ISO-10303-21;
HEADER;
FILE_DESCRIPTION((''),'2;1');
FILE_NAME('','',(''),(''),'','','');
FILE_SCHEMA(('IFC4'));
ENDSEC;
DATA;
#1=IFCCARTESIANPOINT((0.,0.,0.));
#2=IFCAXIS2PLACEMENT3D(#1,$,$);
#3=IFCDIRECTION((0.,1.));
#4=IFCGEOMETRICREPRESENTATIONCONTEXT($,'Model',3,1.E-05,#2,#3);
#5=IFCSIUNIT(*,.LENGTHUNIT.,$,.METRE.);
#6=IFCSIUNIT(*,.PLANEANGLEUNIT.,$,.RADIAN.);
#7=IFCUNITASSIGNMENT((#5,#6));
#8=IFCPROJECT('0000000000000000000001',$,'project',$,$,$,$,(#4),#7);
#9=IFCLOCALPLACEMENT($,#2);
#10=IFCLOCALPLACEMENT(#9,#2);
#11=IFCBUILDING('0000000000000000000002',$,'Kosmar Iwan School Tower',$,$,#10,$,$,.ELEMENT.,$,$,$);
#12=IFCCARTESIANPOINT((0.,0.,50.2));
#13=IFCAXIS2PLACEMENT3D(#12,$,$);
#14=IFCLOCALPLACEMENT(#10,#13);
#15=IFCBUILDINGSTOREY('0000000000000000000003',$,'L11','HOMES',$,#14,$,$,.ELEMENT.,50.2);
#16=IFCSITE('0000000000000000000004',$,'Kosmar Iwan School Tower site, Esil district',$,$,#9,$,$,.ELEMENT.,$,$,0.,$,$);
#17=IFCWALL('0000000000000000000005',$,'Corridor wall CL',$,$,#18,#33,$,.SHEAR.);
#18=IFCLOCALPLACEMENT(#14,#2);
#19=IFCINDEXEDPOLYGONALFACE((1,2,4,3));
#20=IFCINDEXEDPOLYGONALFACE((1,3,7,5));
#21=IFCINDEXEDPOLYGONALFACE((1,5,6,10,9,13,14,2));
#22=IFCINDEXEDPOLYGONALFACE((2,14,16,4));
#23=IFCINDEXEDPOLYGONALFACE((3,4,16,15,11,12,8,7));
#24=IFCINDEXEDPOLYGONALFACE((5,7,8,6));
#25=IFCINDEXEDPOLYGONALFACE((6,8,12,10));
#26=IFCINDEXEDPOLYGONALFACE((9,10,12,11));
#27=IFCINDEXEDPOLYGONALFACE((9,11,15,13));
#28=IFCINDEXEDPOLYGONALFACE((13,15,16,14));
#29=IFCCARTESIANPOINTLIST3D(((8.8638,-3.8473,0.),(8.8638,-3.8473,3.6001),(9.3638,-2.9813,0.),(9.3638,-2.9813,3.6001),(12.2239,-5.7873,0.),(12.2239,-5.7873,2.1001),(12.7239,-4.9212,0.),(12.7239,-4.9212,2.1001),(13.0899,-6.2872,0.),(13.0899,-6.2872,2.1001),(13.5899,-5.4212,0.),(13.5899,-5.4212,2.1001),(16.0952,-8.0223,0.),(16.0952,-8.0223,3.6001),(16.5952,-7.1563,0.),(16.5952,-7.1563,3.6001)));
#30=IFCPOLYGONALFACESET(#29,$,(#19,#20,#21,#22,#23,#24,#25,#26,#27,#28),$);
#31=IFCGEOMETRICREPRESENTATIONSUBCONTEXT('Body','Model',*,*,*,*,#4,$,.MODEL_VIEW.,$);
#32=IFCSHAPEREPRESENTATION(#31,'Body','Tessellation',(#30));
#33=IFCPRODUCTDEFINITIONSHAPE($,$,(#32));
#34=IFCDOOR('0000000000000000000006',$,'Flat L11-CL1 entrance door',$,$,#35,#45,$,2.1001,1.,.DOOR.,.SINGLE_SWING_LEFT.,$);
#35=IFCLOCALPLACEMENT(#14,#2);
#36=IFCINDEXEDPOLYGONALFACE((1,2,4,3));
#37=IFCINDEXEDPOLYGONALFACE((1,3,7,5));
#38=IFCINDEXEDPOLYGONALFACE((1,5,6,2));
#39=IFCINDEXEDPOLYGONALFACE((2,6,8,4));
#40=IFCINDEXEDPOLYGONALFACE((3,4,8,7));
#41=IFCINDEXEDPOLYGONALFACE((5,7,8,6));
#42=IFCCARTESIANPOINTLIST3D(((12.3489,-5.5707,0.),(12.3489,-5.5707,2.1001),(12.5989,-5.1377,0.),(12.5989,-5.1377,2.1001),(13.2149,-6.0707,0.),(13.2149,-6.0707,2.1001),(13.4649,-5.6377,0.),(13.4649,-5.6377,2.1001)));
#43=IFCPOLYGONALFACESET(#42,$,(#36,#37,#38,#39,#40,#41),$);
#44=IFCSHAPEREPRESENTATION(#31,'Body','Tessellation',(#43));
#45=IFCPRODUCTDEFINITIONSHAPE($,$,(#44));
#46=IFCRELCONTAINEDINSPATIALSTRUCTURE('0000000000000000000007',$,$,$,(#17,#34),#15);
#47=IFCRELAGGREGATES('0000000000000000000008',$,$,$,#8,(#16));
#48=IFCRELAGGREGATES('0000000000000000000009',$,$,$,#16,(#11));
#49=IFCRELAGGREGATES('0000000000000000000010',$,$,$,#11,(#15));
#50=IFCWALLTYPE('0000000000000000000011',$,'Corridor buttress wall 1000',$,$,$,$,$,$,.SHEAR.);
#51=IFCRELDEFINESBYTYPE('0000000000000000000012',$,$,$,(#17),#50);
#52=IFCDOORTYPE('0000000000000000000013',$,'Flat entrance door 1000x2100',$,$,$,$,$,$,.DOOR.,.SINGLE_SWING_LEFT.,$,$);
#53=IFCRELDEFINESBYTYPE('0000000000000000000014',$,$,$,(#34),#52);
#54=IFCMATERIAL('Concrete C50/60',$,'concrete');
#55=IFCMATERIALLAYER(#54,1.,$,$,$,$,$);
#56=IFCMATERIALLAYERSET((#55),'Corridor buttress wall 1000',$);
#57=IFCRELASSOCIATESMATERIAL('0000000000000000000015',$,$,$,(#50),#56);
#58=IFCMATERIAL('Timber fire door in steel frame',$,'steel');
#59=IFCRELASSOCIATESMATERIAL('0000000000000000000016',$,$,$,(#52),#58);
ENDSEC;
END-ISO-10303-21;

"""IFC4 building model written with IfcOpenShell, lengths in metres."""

from ifc_helpers import new_model, si_unit, direction, frame, frame_2d, origin, place, context, subcontext, project, spatial, rectangle, extrude, material, layer, layer_set, type_object, element, fill, save


model = new_model("IFC4")

# Units and contexts
model_context = context("Model", 3, precision=1e-05, world=origin(), true_north=direction((0.0, 1.0)))
body_context = subcontext(model_context, "Body", "Model", "MODEL_VIEW")
ifc_project = project(units=[si_unit("LENGTHUNIT", "METRE"), si_unit("PLANEANGLEUNIT", "RADIAN")], contexts=[model_context])

# Site, building, storey
site_placement = place(None, origin())
site = spatial("IfcSite", under=ifc_project, at=site_placement, Name="Kosmar Iwan School Tower site, Esil district", CompositionType="ELEMENT", RefElevation=0.0)
building_placement = place(site_placement, origin())
building = spatial("IfcBuilding", under=site, at=building_placement, Name="Kosmar Iwan School Tower", CompositionType="ELEMENT")
storey_placement = place(building_placement, frame((0.0, 0.0, 50.2)))
storey = spatial("IfcBuildingStorey", under=building, at=storey_placement, Name="L11", Description="HOMES", CompositionType="ELEMENT", Elevation=50.2)

# Wall, opening, door
ifc_material_1 = material(Name="Concrete C50/60", Category="concrete")
ifc_layer_1 = layer(ifc_material_1, 1.0)
ifc_layer_set_1 = layer_set([ifc_layer_1], Name="Corridor buttress wall 1000")
wall_type_1 = type_object("IfcWallType", Name="Corridor buttress wall 1000", PredefinedType="SHEAR", material=ifc_layer_set_1)
wall_1_placement = place(storey_placement, frame((9.1138, -3.4143, 0.0), z_axis=(0.0, 0.0, 1.0), x_axis=(0.866027, -0.499997, 0.0)))
wall_1 = element("IfcWall", 1, at=wall_1_placement, inside=storey, type_object=wall_type_1, Name="Corridor wall CL", PredefinedType="SHEAR", context=body_context, shape_type="SweptSolid", body=[
    extrude(rectangle(XDim=8.3501, YDim=1.0, at=frame_2d((4.175, 0.0))), origin(), (0.0, 0.0, 1.0), 3.6001),
])
opening_1_placement = place(wall_1_placement, frame((3.8799, 0.0, 0.0)))
opening_1 = element("IfcOpeningElement", 2, at=opening_1_placement, cuts=wall_1, PredefinedType="OPENING", context=body_context, shape_type="SweptSolid", body=[
    extrude(rectangle(XDim=1.0, YDim=2.1001, at=frame_2d((0.5, 1.05))), frame((0.0, 0.512, 0.0), z_axis=(0.0, -1.0, 0.0), x_axis=(1.0, 0.0, 0.0)), (0.0, 0.0, 1.0), 1.0239),
])
ifc_material_2 = material(Name="Timber fire door in steel frame", Category="steel")
door_type_1 = type_object("IfcDoorType", Name="Flat entrance door 1000x2100", OperationType="SINGLE_SWING_LEFT", PredefinedType="DOOR", material=ifc_material_2)
door_1_placement = place(opening_1_placement, origin())
door_1 = element("IfcDoor", 3, at=door_1_placement, inside=storey, type_object=door_type_1, Name="Flat L11-CL1 entrance door", OperationType="SINGLE_SWING_LEFT", OverallHeight=2.1001, OverallWidth=1.0, PredefinedType="DOOR", context=body_context, shape_type="SweptSolid", body=[
    extrude(rectangle(XDim=1.0, YDim=2.1001, at=frame_2d((0.5, 1.05))), frame((0.0, 0.25, 0.0), z_axis=(0.0, -1.0, 0.0), x_axis=(1.0, 0.0, 0.0)), (0.0, 0.0, 1.0), 0.5),
])
fill(opening_1, door_1)

save(model, "model.ifc")
